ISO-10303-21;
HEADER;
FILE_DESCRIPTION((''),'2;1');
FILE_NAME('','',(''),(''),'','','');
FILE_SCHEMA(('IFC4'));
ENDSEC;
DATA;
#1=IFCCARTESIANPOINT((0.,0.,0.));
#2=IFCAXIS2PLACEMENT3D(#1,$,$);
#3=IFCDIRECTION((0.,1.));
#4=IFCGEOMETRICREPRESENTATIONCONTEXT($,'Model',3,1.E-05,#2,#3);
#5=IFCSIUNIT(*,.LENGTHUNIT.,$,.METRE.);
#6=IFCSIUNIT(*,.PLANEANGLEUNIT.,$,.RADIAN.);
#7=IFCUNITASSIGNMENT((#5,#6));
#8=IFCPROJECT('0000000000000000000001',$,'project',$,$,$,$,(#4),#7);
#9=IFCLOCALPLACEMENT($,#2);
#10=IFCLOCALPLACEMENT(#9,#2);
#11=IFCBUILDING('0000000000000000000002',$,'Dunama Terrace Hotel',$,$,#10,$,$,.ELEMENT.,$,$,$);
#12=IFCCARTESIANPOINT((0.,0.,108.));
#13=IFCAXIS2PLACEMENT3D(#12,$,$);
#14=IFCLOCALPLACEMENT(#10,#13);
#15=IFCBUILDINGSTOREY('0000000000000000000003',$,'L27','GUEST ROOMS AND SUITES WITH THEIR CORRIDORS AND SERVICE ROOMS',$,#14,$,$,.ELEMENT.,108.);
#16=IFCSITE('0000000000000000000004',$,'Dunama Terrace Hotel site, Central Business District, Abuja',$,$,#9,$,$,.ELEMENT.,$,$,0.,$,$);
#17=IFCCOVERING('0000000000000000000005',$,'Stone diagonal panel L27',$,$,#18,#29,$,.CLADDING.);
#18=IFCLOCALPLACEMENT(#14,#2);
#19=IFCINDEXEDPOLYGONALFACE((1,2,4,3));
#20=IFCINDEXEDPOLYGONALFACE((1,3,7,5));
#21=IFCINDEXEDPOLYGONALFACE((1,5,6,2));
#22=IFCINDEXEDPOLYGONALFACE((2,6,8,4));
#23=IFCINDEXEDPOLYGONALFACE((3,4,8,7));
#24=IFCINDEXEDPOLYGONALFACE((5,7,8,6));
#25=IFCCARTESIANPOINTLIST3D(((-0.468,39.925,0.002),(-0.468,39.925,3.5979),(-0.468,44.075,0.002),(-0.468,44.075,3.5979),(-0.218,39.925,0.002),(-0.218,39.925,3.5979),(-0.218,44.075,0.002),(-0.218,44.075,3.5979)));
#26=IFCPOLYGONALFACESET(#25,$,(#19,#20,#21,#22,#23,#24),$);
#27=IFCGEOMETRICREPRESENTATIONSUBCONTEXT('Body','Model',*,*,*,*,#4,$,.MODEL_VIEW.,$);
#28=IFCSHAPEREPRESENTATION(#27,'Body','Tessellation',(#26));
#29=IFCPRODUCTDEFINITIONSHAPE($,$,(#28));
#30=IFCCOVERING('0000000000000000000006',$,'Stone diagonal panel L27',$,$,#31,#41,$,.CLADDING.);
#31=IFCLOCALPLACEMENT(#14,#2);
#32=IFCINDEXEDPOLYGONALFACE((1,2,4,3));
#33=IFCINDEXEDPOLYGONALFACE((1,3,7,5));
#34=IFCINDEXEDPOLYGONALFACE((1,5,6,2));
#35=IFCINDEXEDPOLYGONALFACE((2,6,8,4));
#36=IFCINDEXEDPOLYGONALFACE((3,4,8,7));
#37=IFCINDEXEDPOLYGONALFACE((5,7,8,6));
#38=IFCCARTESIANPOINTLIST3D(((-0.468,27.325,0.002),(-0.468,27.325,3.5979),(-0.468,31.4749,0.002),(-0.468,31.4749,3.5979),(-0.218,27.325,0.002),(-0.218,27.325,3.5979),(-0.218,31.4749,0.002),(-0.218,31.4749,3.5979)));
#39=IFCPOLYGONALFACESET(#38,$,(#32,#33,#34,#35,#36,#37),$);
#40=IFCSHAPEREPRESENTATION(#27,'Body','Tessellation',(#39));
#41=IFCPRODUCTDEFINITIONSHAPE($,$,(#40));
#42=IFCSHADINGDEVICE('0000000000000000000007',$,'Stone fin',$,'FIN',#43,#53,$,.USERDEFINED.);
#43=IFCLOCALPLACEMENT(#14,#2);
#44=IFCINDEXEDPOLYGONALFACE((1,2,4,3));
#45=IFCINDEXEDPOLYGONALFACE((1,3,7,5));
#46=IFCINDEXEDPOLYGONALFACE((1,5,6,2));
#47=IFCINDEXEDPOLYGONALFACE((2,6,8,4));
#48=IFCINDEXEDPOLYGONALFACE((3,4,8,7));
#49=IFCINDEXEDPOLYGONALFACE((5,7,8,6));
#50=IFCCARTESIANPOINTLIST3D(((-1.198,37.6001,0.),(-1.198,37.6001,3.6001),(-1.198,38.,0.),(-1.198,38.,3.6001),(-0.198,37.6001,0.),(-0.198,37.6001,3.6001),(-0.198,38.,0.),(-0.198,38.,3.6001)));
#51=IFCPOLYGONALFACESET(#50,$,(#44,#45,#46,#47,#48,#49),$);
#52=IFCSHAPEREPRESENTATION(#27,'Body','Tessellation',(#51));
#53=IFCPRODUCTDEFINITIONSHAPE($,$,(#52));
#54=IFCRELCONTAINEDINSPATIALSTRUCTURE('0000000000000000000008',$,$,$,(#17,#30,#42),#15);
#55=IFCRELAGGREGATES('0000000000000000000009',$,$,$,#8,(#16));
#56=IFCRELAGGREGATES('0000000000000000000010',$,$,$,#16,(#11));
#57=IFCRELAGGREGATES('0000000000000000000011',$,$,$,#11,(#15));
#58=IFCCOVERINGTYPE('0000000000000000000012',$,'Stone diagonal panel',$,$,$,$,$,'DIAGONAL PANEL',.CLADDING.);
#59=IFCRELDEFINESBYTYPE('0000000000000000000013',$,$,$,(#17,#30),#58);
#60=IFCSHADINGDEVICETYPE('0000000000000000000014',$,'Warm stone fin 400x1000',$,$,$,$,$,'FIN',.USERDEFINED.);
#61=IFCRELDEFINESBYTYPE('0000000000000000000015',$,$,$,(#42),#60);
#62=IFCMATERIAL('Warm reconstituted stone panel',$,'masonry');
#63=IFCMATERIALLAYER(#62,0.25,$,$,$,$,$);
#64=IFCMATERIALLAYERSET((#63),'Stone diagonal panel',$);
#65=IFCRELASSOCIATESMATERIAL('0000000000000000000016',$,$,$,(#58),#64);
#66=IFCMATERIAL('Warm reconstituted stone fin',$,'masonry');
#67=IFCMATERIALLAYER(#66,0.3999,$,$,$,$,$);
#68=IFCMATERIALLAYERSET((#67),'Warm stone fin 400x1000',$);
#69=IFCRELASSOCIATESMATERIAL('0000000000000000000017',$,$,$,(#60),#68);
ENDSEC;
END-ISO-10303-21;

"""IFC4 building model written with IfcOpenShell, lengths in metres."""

from ifc_helpers import new_model, si_unit, direction, frame, origin, origin_2d, place, context, subcontext, project, spatial, rectangle, extrude, material, layer, layer_set, type_object, element, save


model = new_model("IFC4")

# Units and contexts
model_context = context("Model", 3, precision=1e-05, world=origin(), true_north=direction((0.0, 1.0)))
body_context = subcontext(model_context, "Body", "Model", "MODEL_VIEW")
ifc_project = project(units=[si_unit("LENGTHUNIT", "METRE"), si_unit("PLANEANGLEUNIT", "RADIAN")], contexts=[model_context])

# Site, building, storey
site_placement = place(None, origin())
site = spatial("IfcSite", under=ifc_project, at=site_placement, Name="Dunama Terrace Hotel site, Central Business District, Abuja", CompositionType="ELEMENT", RefElevation=0.0)
building_placement = place(site_placement, origin())
building = spatial("IfcBuilding", under=site, at=building_placement, Name="Dunama Terrace Hotel", CompositionType="ELEMENT")
storey_placement = place(building_placement, frame((0.0, 0.0, 108.0)))
storey = spatial("IfcBuildingStorey", under=building, at=storey_placement, Name="L27", Description="GUEST ROOMS AND SUITES WITH THEIR CORRIDORS AND SERVICE ROOMS", CompositionType="ELEMENT", Elevation=108.0)

# Coverings
ifc_material_1 = material(Name="Warm reconstituted stone panel", Category="masonry")
ifc_layer_1 = layer(ifc_material_1, 0.25)
ifc_layer_set_1 = layer_set([ifc_layer_1], Name="Stone diagonal panel")
covering_type = type_object("IfcCoveringType", Name="Stone diagonal panel", ElementType="DIAGONAL PANEL", PredefinedType="CLADDING", material=ifc_layer_set_1)
for number, where, z_axis, x_axis, name in (
    (1, (-0.343, 42.0, 0.002), (0.0, 0.0, 1.0), (0.0, -1.0, 0.0), "Stone diagonal panel L27"),
    (2, (-0.343, 29.3999, 0.002), (0.0, 0.0, 1.0), (0.0, -1.0, 0.0), "Stone diagonal panel L27"),
):
    element("IfcCovering", number, at=place(storey_placement, frame(where, z_axis=z_axis, x_axis=x_axis)), inside=storey, type_object=covering_type, Name=name, PredefinedType="CLADDING", context=body_context, shape_type="SweptSolid", body=[
        extrude(rectangle(XDim=4.1499, YDim=0.25, at=origin_2d()), origin(), (0.0, 0.0, 1.0), 3.5959),
    ])

# Shading device
ifc_material_2 = material(Name="Warm reconstituted stone fin", Category="masonry")
ifc_layer_2 = layer(ifc_material_2, 0.3999)
ifc_layer_set_2 = layer_set([ifc_layer_2], Name="Warm stone fin 400x1000")
shading_device_type = type_object("IfcShadingDeviceType", Name="Warm stone fin 400x1000", ElementType="FIN", PredefinedType="USERDEFINED", material=ifc_layer_set_2)
shading_device_placement = place(storey_placement, frame((-0.698, 37.8, 0.0), z_axis=(0.0, 0.0, 1.0), x_axis=(0.0, -1.0, 0.0)))
element("IfcShadingDevice", 3, at=shading_device_placement, inside=storey, type_object=shading_device_type, Name="Stone fin", ObjectType="FIN", PredefinedType="USERDEFINED", context=body_context, shape_type="SweptSolid", body=[
    extrude(rectangle(XDim=0.3999, YDim=1.0, at=origin_2d()), origin(), (0.0, 0.0, 1.0), 3.6001),
])

save(model, "model.ifc")
